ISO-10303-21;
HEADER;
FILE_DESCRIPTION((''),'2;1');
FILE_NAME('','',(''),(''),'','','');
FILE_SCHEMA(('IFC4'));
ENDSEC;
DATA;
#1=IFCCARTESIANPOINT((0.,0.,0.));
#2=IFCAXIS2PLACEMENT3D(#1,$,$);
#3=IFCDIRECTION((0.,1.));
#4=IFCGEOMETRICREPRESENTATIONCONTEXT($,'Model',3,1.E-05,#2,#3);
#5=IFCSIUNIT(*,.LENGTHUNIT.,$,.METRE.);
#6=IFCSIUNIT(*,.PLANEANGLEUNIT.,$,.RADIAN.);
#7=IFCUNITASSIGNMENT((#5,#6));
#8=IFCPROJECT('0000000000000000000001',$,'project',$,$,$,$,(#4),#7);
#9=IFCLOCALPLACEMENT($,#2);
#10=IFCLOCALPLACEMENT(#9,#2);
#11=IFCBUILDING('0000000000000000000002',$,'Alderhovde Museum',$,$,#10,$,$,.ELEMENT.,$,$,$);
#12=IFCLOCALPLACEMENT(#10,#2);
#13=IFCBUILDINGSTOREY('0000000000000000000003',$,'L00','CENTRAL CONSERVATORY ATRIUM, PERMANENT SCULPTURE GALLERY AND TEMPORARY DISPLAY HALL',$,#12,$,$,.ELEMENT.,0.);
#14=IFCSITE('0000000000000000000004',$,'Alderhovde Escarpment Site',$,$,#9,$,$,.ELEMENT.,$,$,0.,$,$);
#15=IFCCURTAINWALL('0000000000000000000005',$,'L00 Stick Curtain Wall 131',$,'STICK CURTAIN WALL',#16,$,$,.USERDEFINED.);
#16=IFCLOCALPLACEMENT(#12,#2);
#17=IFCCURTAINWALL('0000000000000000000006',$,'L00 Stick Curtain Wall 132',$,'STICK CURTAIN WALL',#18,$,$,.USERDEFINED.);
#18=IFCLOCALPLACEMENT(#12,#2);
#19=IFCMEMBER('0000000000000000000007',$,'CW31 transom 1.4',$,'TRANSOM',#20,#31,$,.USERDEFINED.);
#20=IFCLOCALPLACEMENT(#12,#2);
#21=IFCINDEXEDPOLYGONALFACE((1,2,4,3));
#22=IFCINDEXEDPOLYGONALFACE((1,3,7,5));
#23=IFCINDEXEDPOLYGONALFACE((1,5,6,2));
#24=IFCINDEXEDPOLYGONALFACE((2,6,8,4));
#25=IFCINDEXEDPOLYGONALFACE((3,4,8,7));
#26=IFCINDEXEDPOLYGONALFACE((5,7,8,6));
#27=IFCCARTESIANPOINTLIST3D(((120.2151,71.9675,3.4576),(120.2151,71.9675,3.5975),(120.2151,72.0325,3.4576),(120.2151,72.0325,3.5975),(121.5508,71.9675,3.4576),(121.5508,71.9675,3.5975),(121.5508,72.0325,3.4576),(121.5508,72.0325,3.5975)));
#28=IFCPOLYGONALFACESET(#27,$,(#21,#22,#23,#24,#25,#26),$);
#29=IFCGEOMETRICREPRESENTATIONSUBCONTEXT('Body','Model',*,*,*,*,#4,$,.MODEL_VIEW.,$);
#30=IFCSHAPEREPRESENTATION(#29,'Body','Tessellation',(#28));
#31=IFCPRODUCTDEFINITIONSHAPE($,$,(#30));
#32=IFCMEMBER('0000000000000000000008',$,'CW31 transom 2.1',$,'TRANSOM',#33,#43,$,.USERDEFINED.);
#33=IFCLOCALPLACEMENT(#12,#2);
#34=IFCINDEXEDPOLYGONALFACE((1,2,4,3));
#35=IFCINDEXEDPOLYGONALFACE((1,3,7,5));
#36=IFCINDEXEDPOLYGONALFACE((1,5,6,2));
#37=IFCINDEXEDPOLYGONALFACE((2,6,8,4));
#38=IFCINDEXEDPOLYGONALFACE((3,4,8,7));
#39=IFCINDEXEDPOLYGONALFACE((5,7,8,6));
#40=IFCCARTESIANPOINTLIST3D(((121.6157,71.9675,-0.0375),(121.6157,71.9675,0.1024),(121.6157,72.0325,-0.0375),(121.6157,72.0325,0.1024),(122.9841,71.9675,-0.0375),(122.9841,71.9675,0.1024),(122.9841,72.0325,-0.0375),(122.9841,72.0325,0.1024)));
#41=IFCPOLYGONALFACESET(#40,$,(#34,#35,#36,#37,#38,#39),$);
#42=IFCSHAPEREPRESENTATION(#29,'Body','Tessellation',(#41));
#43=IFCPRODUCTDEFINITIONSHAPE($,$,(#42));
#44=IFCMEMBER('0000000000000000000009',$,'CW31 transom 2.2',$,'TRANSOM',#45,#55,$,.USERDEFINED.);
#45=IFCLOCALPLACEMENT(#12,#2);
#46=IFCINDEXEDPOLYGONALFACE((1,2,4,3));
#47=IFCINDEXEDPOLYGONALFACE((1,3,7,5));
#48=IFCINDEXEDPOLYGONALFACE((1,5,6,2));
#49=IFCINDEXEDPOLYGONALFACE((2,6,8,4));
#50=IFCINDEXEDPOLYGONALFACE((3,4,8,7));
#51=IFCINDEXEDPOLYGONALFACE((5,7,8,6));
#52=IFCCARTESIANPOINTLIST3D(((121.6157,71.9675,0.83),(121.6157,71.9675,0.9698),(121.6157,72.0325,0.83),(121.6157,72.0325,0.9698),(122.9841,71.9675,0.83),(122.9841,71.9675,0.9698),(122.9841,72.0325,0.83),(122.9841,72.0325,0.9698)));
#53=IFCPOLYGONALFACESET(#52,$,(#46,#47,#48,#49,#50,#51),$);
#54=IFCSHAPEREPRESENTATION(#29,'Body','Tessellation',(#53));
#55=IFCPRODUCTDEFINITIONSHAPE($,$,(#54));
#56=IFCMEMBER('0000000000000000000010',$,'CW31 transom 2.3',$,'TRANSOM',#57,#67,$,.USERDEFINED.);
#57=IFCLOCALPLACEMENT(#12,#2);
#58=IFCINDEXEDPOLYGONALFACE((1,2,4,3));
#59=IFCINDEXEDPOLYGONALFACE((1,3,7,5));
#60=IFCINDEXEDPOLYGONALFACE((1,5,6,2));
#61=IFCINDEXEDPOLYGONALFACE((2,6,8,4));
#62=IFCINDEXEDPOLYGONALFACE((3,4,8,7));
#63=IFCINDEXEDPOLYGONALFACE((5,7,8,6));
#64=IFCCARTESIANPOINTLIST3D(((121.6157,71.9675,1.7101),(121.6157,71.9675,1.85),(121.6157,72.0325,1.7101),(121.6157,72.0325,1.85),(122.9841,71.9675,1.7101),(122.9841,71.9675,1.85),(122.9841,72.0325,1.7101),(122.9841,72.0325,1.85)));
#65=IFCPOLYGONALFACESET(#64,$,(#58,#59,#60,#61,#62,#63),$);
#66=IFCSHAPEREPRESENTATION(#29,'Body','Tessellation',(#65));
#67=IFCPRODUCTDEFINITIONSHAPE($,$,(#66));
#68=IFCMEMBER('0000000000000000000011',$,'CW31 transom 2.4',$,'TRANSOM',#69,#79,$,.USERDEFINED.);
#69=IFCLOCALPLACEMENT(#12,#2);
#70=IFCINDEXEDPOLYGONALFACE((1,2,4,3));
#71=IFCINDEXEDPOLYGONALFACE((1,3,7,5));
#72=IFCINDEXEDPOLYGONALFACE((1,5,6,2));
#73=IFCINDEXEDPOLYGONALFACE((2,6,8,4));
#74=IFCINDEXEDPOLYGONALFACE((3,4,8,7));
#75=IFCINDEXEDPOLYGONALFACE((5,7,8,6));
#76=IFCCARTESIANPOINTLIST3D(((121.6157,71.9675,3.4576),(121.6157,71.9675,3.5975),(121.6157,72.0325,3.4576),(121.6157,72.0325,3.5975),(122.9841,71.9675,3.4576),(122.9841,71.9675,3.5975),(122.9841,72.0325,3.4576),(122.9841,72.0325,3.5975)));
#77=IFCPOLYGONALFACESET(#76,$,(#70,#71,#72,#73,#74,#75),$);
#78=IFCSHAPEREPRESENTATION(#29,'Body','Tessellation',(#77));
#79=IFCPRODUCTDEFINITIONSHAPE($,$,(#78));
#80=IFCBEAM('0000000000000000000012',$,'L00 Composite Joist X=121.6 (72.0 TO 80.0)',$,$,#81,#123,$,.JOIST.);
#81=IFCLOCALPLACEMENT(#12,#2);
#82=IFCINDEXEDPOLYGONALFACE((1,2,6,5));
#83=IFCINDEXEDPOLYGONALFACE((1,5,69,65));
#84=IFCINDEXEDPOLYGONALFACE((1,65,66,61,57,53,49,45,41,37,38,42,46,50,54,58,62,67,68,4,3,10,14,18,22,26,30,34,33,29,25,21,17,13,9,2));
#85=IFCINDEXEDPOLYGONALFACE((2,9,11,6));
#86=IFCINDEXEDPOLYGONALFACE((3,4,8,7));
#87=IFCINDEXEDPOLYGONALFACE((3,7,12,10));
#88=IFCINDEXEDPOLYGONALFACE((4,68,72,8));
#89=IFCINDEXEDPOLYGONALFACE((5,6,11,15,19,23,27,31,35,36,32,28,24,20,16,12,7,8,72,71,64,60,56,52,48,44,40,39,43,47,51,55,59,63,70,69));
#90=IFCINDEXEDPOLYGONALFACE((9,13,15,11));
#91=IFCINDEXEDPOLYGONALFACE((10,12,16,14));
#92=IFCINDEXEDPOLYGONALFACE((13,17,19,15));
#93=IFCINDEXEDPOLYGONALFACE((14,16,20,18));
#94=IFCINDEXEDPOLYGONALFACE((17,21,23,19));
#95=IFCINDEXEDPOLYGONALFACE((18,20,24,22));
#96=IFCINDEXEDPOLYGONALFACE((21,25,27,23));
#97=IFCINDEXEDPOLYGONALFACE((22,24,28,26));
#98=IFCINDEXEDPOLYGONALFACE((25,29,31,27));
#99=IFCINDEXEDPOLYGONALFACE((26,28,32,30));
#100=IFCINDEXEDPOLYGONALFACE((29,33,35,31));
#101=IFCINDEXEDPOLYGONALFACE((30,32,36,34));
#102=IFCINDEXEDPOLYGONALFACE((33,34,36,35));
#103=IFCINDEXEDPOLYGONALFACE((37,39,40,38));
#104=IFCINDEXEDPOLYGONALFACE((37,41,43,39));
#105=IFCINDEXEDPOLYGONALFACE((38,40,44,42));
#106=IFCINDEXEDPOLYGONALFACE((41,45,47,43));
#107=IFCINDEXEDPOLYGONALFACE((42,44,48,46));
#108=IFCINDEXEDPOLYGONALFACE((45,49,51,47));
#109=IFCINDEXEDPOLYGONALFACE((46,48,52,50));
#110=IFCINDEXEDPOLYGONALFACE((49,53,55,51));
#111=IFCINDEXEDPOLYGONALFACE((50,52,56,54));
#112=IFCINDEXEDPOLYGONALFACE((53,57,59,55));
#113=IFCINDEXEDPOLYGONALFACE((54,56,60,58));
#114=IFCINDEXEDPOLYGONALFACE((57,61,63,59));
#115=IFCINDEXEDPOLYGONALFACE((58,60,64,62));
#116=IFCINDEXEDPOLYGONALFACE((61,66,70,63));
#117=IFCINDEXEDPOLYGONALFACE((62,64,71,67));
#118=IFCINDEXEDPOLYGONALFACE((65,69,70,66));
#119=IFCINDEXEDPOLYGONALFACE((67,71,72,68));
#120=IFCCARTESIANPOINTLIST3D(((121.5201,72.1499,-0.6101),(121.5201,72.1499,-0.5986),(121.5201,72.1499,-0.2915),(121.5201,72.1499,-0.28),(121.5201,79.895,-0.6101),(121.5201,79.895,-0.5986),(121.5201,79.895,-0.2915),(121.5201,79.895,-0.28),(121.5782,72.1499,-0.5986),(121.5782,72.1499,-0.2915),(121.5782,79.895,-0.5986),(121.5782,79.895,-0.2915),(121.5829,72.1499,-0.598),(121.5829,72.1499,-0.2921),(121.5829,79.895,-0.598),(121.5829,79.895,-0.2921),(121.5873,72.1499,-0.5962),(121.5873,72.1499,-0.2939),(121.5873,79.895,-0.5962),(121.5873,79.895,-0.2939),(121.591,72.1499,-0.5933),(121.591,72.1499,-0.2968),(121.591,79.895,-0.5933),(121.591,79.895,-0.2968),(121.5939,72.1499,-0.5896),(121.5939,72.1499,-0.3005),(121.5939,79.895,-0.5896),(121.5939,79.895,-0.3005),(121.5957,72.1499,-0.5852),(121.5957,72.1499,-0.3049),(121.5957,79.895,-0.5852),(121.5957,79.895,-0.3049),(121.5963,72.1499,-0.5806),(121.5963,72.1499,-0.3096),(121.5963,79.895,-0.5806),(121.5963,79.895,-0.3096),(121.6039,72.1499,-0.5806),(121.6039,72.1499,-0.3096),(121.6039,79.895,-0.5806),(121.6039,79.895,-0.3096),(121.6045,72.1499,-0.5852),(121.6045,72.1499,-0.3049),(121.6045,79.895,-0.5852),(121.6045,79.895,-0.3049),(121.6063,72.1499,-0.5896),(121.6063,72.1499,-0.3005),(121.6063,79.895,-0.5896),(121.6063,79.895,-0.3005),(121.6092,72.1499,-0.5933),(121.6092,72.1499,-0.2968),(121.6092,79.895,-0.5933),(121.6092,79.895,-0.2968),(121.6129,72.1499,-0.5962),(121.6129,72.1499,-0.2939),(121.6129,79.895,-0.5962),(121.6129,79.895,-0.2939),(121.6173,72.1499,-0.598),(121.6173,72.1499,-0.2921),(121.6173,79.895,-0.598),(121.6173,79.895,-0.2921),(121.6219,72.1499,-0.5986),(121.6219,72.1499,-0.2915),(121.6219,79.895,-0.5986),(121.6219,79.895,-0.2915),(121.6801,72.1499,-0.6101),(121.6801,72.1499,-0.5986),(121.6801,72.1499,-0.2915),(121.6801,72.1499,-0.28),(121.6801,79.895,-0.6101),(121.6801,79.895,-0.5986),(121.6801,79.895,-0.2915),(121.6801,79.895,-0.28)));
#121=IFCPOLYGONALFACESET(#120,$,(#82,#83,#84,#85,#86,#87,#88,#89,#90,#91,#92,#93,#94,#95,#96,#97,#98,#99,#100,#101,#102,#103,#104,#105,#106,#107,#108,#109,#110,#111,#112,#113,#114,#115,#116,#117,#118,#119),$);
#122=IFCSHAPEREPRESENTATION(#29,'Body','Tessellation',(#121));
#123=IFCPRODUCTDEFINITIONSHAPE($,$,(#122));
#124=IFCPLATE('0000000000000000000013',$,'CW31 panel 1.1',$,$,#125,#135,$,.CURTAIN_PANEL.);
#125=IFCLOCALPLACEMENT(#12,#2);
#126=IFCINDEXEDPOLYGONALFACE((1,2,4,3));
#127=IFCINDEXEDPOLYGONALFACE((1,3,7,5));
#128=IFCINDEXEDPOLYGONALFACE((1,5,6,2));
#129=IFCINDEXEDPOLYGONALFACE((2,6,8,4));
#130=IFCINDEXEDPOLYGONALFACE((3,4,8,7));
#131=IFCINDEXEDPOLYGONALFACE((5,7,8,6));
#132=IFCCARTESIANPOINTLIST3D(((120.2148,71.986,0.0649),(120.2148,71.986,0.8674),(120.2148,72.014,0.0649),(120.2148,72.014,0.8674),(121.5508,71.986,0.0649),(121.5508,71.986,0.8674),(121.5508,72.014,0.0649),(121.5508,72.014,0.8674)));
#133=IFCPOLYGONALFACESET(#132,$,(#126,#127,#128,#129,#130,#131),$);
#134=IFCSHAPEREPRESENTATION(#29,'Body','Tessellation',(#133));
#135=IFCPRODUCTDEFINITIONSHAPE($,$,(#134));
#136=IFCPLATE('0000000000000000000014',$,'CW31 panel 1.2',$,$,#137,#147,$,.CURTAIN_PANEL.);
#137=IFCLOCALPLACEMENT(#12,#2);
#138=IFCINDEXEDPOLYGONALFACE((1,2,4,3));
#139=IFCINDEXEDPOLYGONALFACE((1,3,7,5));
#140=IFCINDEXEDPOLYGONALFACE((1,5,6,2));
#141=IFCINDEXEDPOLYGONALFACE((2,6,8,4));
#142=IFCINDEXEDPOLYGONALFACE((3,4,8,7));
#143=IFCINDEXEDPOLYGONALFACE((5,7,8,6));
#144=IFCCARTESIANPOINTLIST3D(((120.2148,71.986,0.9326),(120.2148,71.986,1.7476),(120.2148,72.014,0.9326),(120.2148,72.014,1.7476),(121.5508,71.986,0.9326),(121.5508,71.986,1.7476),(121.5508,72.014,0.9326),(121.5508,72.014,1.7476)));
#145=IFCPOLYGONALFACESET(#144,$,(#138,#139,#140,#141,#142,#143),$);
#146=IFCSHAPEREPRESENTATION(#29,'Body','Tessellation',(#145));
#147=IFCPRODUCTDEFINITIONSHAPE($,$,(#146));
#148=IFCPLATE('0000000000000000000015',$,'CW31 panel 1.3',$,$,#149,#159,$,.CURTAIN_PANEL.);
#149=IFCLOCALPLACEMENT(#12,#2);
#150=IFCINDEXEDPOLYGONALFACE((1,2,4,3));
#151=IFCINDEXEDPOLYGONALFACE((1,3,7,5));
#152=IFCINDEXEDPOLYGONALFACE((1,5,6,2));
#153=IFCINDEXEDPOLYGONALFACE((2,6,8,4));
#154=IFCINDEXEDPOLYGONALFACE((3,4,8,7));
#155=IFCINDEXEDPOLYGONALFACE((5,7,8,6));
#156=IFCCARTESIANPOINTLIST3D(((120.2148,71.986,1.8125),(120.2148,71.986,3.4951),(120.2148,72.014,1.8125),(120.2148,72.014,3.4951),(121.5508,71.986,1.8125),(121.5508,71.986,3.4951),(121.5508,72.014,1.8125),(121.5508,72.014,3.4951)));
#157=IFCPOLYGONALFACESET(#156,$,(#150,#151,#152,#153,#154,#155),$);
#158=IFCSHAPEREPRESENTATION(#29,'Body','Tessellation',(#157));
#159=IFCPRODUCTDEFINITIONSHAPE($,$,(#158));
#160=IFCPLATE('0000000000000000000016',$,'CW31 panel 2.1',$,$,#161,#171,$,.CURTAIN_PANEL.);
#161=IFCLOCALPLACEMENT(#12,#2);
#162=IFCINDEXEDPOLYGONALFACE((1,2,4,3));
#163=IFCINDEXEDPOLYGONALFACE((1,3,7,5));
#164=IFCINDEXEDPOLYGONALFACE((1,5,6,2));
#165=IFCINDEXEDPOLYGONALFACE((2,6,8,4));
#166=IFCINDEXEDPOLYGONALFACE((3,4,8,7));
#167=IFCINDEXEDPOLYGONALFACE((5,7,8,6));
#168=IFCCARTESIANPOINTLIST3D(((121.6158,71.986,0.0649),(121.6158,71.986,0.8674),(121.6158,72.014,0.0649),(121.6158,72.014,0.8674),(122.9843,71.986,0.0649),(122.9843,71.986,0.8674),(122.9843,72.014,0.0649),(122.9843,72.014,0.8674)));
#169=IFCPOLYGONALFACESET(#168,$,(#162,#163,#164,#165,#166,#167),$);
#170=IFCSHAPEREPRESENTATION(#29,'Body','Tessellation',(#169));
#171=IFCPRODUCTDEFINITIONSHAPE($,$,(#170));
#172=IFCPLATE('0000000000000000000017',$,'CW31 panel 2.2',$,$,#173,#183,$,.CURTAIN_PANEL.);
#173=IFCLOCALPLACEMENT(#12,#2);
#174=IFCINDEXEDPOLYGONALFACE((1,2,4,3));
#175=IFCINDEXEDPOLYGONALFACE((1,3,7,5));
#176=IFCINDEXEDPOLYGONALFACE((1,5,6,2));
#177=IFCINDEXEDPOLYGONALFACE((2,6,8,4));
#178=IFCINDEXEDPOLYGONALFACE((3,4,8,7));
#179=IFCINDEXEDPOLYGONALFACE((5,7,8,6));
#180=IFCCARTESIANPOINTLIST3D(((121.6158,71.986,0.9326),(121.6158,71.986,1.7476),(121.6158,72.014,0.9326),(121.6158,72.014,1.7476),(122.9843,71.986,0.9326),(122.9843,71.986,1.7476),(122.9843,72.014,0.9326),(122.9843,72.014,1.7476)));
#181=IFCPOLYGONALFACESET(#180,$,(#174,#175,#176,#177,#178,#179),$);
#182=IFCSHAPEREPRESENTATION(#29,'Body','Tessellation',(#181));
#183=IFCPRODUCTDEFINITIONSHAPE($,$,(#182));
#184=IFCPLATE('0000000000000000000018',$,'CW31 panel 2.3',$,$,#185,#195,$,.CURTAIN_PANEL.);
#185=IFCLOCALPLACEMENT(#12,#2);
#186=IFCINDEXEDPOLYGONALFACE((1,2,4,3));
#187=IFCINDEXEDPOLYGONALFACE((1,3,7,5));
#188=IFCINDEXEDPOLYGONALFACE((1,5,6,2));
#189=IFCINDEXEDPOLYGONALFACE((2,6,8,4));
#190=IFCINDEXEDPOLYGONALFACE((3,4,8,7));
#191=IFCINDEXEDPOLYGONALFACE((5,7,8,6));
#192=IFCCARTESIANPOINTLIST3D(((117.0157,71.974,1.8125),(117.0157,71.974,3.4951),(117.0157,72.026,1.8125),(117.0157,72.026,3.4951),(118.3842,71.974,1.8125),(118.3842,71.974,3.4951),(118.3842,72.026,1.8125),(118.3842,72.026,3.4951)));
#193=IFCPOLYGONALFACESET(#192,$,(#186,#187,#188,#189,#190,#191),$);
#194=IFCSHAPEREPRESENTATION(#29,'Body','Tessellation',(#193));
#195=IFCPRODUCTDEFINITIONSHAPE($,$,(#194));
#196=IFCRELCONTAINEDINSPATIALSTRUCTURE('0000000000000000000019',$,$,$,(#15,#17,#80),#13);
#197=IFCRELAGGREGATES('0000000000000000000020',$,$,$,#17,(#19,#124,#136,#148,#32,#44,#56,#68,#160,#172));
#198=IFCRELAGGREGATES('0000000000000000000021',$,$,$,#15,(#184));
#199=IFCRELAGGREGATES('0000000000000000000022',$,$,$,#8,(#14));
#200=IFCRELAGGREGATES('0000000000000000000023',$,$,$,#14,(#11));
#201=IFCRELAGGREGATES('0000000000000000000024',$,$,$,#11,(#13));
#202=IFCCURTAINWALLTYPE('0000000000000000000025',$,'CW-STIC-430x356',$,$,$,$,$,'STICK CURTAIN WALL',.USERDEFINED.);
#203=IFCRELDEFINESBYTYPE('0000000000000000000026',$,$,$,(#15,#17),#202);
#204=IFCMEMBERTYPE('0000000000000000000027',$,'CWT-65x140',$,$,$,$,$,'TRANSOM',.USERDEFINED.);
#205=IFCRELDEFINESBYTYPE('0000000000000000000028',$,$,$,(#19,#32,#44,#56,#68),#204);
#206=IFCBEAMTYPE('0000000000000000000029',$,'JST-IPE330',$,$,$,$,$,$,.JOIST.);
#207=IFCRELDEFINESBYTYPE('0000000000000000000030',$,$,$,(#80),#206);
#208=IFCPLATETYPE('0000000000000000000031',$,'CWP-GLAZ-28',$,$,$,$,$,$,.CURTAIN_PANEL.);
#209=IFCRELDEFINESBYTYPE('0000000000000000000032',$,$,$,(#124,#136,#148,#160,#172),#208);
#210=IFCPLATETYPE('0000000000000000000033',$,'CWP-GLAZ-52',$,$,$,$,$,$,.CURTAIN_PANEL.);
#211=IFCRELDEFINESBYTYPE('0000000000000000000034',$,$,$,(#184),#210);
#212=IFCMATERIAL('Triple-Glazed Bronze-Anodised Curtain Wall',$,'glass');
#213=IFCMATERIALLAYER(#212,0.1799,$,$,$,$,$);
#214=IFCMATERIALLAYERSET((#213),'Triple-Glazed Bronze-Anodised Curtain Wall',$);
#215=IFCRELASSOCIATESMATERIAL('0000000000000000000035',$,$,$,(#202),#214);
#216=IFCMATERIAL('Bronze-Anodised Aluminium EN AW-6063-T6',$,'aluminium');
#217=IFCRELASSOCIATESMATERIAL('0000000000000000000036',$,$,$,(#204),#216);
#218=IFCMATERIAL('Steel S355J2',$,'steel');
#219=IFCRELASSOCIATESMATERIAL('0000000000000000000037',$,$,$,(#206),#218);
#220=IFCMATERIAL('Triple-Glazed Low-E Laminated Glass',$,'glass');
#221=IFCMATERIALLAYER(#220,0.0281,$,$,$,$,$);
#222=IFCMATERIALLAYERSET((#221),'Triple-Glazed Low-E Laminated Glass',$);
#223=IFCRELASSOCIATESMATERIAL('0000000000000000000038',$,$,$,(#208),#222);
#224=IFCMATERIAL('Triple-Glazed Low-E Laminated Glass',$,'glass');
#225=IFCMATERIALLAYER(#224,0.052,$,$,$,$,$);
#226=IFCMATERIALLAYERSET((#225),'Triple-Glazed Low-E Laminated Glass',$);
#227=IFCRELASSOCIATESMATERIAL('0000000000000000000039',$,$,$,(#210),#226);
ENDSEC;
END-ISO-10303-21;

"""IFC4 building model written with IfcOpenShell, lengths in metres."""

from ifc_helpers import new_model, si_unit, direction, frame, origin, origin_2d, place, context, subcontext, project, spatial, rectangle, i_section, extrude, material, layer, layer_set, material_profile, profile_set, type_object, element, aggregate, save


model = new_model("IFC4")

# Units and contexts
model_context = context("Model", 3, precision=1e-05, world=origin(), true_north=direction((0.0, 1.0)))
body_context = subcontext(model_context, "Body", "Model", "MODEL_VIEW")
ifc_project = project(units=[si_unit("LENGTHUNIT", "METRE"), si_unit("PLANEANGLEUNIT", "RADIAN")], contexts=[model_context])

# Site, building, storey
site_placement = place(None, origin())
site = spatial("IfcSite", under=ifc_project, at=site_placement, Name="Alderhovde Escarpment Site", CompositionType="ELEMENT", RefElevation=0.0)
building_placement = place(site_placement, origin())
building = spatial("IfcBuilding", under=site, at=building_placement, Name="Alderhovde Museum", CompositionType="ELEMENT")
storey_placement = place(building_placement, origin())
storey = spatial("IfcBuildingStorey", under=building, at=storey_placement, Name="L00", Description="CENTRAL CONSERVATORY ATRIUM, PERMANENT SCULPTURE GALLERY AND TEMPORARY DISPLAY HALL", CompositionType="ELEMENT", Elevation=0.0)

# Curtain walls
ifc_material_1 = material(Name="Triple-Glazed Bronze-Anodised Curtain Wall", Category="glass")
ifc_layer_1 = layer(ifc_material_1, 0.1799)
ifc_layer_set_1 = layer_set([ifc_layer_1], Name="Triple-Glazed Bronze-Anodised Curtain Wall")
curtain_wall_type = type_object("IfcCurtainWallType", Name="CW-STIC-430x356", ElementType="STICK CURTAIN WALL", PredefinedType="USERDEFINED", material=ifc_layer_set_1)
curtain_wall_1_placement = place(storey_placement, origin())
curtain_wall_1 = element("IfcCurtainWall", 1, at=curtain_wall_1_placement, inside=storey, type_object=curtain_wall_type, Name="L00 Stick Curtain Wall 131", ObjectType="STICK CURTAIN WALL", PredefinedType="USERDEFINED")
curtain_wall_2_placement = place(storey_placement, origin())
curtain_wall_2 = element("IfcCurtainWall", 2, at=curtain_wall_2_placement, inside=storey, type_object=curtain_wall_type, Name="L00 Stick Curtain Wall 132", ObjectType="STICK CURTAIN WALL", PredefinedType="USERDEFINED")

# Members
ifc_material_2 = material(Name="Bronze-Anodised Aluminium EN AW-6063-T6", Category="aluminium")
ifc_material_profile_1 = material_profile(ifc_material_2, rectangle(XDim=0.0649, YDim=0.1399, at=origin_2d()), Name="TRANSOM 65x140")
ifc_profile_set_1 = profile_set([ifc_material_profile_1], Name="Bronze-Anodised Aluminium EN AW-6063-T6")
member_type_1 = type_object("IfcMemberType", Name="CWT-65x140", ElementType="TRANSOM", PredefinedType="USERDEFINED", material=ifc_profile_set_1)
member_1_placement = place(storey_placement, frame((120.2151, 72.0, 3.5276), z_axis=(1.0, 0.0, 0.0), x_axis=(0.0, 1.0, 0.0)))
member_1 = element("IfcMember", 3, at=member_1_placement, type_object=member_type_1, Name="CW31 transom 1.4", ObjectType="TRANSOM", PredefinedType="USERDEFINED", context=body_context, shape_type="SweptSolid", body=[
    extrude(rectangle(XDim=0.0649, YDim=0.1399, at=origin_2d()), origin(), (0.0, 0.0, 1.0), 1.3357),
])
member_2_placement = place(storey_placement, frame((121.6157, 72.0, 0.0325), z_axis=(1.0, 0.0, 0.0), x_axis=(0.0, 1.0, 0.0)))
member_2 = element("IfcMember", 4, at=member_2_placement, type_object=member_type_1, Name="CW31 transom 2.1", ObjectType="TRANSOM", PredefinedType="USERDEFINED", context=body_context, shape_type="SweptSolid", body=[
    extrude(rectangle(XDim=0.0649, YDim=0.1399, at=origin_2d()), origin(), (0.0, 0.0, 1.0), 1.3684),
])
member_3_placement = place(storey_placement, frame((121.6157, 72.0, 0.8999), z_axis=(1.0, 0.0, 0.0), x_axis=(0.0, 1.0, 0.0)))
member_3 = element("IfcMember", 5, at=member_3_placement, type_object=member_type_1, Name="CW31 transom 2.2", ObjectType="TRANSOM", PredefinedType="USERDEFINED", context=body_context, shape_type="SweptSolid", body=[
    extrude(rectangle(XDim=0.0649, YDim=0.1399, at=origin_2d()), origin(), (0.0, 0.0, 1.0), 1.3684),
])
member_4_placement = place(storey_placement, frame((121.6157, 72.0, 1.78), z_axis=(1.0, 0.0, 0.0), x_axis=(0.0, 1.0, 0.0)))
member_4 = element("IfcMember", 6, at=member_4_placement, type_object=member_type_1, Name="CW31 transom 2.3", ObjectType="TRANSOM", PredefinedType="USERDEFINED", context=body_context, shape_type="SweptSolid", body=[
    extrude(rectangle(XDim=0.0649, YDim=0.1399, at=origin_2d()), origin(), (0.0, 0.0, 1.0), 1.3684),
])
member_5_placement = place(storey_placement, frame((121.6157, 72.0, 3.5276), z_axis=(1.0, 0.0, 0.0), x_axis=(0.0, 1.0, 0.0)))
member_5 = element("IfcMember", 7, at=member_5_placement, type_object=member_type_1, Name="CW31 transom 2.4", ObjectType="TRANSOM", PredefinedType="USERDEFINED", context=body_context, shape_type="SweptSolid", body=[
    extrude(rectangle(XDim=0.0649, YDim=0.1399, at=origin_2d()), origin(), (0.0, 0.0, 1.0), 1.3684),
])

# Beam
ifc_material_3 = material(Name="Steel S355J2", Category="steel")
ifc_material_profile_2 = material_profile(ifc_material_3, i_section(OverallWidth=0.1599, OverallDepth=0.3301, WebThickness=0.0076, FlangeThickness=0.0115, FilletRadius=0.0181, at=origin_2d()), Name="IPE 330")
ifc_profile_set_2 = profile_set([ifc_material_profile_2], Name="Steel S355J2")
beam_type = type_object("IfcBeamType", Name="JST-IPE330", PredefinedType="JOIST", material=ifc_profile_set_2)
beam_placement = place(storey_placement, frame((121.6001, 72.1499, -0.4451), z_axis=(0.0, 1.0, 0.0), x_axis=(-1.0, 0.0, 0.0)))
element("IfcBeam", 8, at=beam_placement, inside=storey, type_object=beam_type, Name="L00 Composite Joist X=121.6 (72.0 TO 80.0)", PredefinedType="JOIST", context=body_context, shape_type="SweptSolid", body=[
    extrude(i_section(OverallWidth=0.1599, OverallDepth=0.3301, WebThickness=0.0076, FlangeThickness=0.0115, FilletRadius=0.0181, at=origin_2d()), origin(), (0.0, 0.0, 1.0), 7.7451),
])

# Plates
ifc_material_4 = material(Name="Triple-Glazed Low-E Laminated Glass", Category="glass")
ifc_layer_2 = layer(ifc_material_4, 0.0281)
ifc_layer_set_2 = layer_set([ifc_layer_2], Name="Triple-Glazed Low-E Laminated Glass")
plate_type_1 = type_object("IfcPlateType", Name="CWP-GLAZ-28", PredefinedType="CURTAIN_PANEL", material=ifc_layer_set_2)
plate_1_placement = place(storey_placement, frame((120.8828, 72.0, 0.0649), z_axis=(0.0, 0.0, 1.0), x_axis=(1.0, 0.0, 0.0)))
plate_1 = element("IfcPlate", 9, at=plate_1_placement, type_object=plate_type_1, Name="CW31 panel 1.1", PredefinedType="CURTAIN_PANEL", context=body_context, shape_type="SweptSolid", body=[
    extrude(rectangle(XDim=1.3359, YDim=0.0281, at=origin_2d()), origin(), (0.0, 0.0, 1.0), 0.8025),
])
plate_2_placement = place(storey_placement, frame((120.8828, 72.0, 0.9326), z_axis=(0.0, 0.0, 1.0), x_axis=(1.0, 0.0, 0.0)))
plate_2 = element("IfcPlate", 10, at=plate_2_placement, type_object=plate_type_1, Name="CW31 panel 1.2", PredefinedType="CURTAIN_PANEL", context=body_context, shape_type="SweptSolid", body=[
    extrude(rectangle(XDim=1.3359, YDim=0.0281, at=origin_2d()), origin(), (0.0, 0.0, 1.0), 0.8149),
])
plate_3_placement = place(storey_placement, frame((120.8828, 72.0, 1.8125), z_axis=(0.0, 0.0, 1.0), x_axis=(1.0, 0.0, 0.0)))
plate_3 = element("IfcPlate", 11, at=plate_3_placement, type_object=plate_type_1, Name="CW31 panel 1.3", PredefinedType="CURTAIN_PANEL", context=body_context, shape_type="SweptSolid", body=[
    extrude(rectangle(XDim=1.3359, YDim=0.0281, at=origin_2d()), origin(), (0.0, 0.0, 1.0), 1.6826),
])
plate_4_placement = place(storey_placement, frame((122.3, 72.0, 0.0649), z_axis=(0.0, 0.0, 1.0), x_axis=(1.0, 0.0, 0.0)))
plate_4 = element("IfcPlate", 12, at=plate_4_placement, type_object=plate_type_1, Name="CW31 panel 2.1", PredefinedType="CURTAIN_PANEL", context=body_context, shape_type="SweptSolid", body=[
    extrude(rectangle(XDim=1.3684, YDim=0.0281, at=origin_2d()), origin(), (0.0, 0.0, 1.0), 0.8025),
])
plate_5_placement = place(storey_placement, frame((122.3, 72.0, 0.9326), z_axis=(0.0, 0.0, 1.0), x_axis=(1.0, 0.0, 0.0)))
plate_5 = element("IfcPlate", 13, at=plate_5_placement, type_object=plate_type_1, Name="CW31 panel 2.2", PredefinedType="CURTAIN_PANEL", context=body_context, shape_type="SweptSolid", body=[
    extrude(rectangle(XDim=1.3684, YDim=0.0281, at=origin_2d()), origin(), (0.0, 0.0, 1.0), 0.8149),
])
aggregate(curtain_wall_2, [member_1, plate_1, plate_2, plate_3, member_2, member_3, member_4, member_5, plate_4, plate_5])
ifc_material_5 = material(Name="Triple-Glazed Low-E Laminated Glass", Category="glass")
ifc_layer_3 = layer(ifc_material_5, 0.052)
ifc_layer_set_3 = layer_set([ifc_layer_3], Name="Triple-Glazed Low-E Laminated Glass")
plate_type_2 = type_object("IfcPlateType", Name="CWP-GLAZ-52", PredefinedType="CURTAIN_PANEL", material=ifc_layer_set_3)
plate_6_placement = place(storey_placement, frame((117.7, 72.0, 1.8125), z_axis=(0.0, 0.0, 1.0), x_axis=(1.0, 0.0, 0.0)))
plate_6 = element("IfcPlate", 14, at=plate_6_placement, type_object=plate_type_2, Name="CW31 panel 2.3", PredefinedType="CURTAIN_PANEL", context=body_context, shape_type="SweptSolid", body=[
    extrude(rectangle(XDim=1.3684, YDim=0.052, at=origin_2d()), origin(), (0.0, 0.0, 1.0), 1.6826),
])
aggregate(curtain_wall_1, [plate_6])

save(model, "model.ifc")
